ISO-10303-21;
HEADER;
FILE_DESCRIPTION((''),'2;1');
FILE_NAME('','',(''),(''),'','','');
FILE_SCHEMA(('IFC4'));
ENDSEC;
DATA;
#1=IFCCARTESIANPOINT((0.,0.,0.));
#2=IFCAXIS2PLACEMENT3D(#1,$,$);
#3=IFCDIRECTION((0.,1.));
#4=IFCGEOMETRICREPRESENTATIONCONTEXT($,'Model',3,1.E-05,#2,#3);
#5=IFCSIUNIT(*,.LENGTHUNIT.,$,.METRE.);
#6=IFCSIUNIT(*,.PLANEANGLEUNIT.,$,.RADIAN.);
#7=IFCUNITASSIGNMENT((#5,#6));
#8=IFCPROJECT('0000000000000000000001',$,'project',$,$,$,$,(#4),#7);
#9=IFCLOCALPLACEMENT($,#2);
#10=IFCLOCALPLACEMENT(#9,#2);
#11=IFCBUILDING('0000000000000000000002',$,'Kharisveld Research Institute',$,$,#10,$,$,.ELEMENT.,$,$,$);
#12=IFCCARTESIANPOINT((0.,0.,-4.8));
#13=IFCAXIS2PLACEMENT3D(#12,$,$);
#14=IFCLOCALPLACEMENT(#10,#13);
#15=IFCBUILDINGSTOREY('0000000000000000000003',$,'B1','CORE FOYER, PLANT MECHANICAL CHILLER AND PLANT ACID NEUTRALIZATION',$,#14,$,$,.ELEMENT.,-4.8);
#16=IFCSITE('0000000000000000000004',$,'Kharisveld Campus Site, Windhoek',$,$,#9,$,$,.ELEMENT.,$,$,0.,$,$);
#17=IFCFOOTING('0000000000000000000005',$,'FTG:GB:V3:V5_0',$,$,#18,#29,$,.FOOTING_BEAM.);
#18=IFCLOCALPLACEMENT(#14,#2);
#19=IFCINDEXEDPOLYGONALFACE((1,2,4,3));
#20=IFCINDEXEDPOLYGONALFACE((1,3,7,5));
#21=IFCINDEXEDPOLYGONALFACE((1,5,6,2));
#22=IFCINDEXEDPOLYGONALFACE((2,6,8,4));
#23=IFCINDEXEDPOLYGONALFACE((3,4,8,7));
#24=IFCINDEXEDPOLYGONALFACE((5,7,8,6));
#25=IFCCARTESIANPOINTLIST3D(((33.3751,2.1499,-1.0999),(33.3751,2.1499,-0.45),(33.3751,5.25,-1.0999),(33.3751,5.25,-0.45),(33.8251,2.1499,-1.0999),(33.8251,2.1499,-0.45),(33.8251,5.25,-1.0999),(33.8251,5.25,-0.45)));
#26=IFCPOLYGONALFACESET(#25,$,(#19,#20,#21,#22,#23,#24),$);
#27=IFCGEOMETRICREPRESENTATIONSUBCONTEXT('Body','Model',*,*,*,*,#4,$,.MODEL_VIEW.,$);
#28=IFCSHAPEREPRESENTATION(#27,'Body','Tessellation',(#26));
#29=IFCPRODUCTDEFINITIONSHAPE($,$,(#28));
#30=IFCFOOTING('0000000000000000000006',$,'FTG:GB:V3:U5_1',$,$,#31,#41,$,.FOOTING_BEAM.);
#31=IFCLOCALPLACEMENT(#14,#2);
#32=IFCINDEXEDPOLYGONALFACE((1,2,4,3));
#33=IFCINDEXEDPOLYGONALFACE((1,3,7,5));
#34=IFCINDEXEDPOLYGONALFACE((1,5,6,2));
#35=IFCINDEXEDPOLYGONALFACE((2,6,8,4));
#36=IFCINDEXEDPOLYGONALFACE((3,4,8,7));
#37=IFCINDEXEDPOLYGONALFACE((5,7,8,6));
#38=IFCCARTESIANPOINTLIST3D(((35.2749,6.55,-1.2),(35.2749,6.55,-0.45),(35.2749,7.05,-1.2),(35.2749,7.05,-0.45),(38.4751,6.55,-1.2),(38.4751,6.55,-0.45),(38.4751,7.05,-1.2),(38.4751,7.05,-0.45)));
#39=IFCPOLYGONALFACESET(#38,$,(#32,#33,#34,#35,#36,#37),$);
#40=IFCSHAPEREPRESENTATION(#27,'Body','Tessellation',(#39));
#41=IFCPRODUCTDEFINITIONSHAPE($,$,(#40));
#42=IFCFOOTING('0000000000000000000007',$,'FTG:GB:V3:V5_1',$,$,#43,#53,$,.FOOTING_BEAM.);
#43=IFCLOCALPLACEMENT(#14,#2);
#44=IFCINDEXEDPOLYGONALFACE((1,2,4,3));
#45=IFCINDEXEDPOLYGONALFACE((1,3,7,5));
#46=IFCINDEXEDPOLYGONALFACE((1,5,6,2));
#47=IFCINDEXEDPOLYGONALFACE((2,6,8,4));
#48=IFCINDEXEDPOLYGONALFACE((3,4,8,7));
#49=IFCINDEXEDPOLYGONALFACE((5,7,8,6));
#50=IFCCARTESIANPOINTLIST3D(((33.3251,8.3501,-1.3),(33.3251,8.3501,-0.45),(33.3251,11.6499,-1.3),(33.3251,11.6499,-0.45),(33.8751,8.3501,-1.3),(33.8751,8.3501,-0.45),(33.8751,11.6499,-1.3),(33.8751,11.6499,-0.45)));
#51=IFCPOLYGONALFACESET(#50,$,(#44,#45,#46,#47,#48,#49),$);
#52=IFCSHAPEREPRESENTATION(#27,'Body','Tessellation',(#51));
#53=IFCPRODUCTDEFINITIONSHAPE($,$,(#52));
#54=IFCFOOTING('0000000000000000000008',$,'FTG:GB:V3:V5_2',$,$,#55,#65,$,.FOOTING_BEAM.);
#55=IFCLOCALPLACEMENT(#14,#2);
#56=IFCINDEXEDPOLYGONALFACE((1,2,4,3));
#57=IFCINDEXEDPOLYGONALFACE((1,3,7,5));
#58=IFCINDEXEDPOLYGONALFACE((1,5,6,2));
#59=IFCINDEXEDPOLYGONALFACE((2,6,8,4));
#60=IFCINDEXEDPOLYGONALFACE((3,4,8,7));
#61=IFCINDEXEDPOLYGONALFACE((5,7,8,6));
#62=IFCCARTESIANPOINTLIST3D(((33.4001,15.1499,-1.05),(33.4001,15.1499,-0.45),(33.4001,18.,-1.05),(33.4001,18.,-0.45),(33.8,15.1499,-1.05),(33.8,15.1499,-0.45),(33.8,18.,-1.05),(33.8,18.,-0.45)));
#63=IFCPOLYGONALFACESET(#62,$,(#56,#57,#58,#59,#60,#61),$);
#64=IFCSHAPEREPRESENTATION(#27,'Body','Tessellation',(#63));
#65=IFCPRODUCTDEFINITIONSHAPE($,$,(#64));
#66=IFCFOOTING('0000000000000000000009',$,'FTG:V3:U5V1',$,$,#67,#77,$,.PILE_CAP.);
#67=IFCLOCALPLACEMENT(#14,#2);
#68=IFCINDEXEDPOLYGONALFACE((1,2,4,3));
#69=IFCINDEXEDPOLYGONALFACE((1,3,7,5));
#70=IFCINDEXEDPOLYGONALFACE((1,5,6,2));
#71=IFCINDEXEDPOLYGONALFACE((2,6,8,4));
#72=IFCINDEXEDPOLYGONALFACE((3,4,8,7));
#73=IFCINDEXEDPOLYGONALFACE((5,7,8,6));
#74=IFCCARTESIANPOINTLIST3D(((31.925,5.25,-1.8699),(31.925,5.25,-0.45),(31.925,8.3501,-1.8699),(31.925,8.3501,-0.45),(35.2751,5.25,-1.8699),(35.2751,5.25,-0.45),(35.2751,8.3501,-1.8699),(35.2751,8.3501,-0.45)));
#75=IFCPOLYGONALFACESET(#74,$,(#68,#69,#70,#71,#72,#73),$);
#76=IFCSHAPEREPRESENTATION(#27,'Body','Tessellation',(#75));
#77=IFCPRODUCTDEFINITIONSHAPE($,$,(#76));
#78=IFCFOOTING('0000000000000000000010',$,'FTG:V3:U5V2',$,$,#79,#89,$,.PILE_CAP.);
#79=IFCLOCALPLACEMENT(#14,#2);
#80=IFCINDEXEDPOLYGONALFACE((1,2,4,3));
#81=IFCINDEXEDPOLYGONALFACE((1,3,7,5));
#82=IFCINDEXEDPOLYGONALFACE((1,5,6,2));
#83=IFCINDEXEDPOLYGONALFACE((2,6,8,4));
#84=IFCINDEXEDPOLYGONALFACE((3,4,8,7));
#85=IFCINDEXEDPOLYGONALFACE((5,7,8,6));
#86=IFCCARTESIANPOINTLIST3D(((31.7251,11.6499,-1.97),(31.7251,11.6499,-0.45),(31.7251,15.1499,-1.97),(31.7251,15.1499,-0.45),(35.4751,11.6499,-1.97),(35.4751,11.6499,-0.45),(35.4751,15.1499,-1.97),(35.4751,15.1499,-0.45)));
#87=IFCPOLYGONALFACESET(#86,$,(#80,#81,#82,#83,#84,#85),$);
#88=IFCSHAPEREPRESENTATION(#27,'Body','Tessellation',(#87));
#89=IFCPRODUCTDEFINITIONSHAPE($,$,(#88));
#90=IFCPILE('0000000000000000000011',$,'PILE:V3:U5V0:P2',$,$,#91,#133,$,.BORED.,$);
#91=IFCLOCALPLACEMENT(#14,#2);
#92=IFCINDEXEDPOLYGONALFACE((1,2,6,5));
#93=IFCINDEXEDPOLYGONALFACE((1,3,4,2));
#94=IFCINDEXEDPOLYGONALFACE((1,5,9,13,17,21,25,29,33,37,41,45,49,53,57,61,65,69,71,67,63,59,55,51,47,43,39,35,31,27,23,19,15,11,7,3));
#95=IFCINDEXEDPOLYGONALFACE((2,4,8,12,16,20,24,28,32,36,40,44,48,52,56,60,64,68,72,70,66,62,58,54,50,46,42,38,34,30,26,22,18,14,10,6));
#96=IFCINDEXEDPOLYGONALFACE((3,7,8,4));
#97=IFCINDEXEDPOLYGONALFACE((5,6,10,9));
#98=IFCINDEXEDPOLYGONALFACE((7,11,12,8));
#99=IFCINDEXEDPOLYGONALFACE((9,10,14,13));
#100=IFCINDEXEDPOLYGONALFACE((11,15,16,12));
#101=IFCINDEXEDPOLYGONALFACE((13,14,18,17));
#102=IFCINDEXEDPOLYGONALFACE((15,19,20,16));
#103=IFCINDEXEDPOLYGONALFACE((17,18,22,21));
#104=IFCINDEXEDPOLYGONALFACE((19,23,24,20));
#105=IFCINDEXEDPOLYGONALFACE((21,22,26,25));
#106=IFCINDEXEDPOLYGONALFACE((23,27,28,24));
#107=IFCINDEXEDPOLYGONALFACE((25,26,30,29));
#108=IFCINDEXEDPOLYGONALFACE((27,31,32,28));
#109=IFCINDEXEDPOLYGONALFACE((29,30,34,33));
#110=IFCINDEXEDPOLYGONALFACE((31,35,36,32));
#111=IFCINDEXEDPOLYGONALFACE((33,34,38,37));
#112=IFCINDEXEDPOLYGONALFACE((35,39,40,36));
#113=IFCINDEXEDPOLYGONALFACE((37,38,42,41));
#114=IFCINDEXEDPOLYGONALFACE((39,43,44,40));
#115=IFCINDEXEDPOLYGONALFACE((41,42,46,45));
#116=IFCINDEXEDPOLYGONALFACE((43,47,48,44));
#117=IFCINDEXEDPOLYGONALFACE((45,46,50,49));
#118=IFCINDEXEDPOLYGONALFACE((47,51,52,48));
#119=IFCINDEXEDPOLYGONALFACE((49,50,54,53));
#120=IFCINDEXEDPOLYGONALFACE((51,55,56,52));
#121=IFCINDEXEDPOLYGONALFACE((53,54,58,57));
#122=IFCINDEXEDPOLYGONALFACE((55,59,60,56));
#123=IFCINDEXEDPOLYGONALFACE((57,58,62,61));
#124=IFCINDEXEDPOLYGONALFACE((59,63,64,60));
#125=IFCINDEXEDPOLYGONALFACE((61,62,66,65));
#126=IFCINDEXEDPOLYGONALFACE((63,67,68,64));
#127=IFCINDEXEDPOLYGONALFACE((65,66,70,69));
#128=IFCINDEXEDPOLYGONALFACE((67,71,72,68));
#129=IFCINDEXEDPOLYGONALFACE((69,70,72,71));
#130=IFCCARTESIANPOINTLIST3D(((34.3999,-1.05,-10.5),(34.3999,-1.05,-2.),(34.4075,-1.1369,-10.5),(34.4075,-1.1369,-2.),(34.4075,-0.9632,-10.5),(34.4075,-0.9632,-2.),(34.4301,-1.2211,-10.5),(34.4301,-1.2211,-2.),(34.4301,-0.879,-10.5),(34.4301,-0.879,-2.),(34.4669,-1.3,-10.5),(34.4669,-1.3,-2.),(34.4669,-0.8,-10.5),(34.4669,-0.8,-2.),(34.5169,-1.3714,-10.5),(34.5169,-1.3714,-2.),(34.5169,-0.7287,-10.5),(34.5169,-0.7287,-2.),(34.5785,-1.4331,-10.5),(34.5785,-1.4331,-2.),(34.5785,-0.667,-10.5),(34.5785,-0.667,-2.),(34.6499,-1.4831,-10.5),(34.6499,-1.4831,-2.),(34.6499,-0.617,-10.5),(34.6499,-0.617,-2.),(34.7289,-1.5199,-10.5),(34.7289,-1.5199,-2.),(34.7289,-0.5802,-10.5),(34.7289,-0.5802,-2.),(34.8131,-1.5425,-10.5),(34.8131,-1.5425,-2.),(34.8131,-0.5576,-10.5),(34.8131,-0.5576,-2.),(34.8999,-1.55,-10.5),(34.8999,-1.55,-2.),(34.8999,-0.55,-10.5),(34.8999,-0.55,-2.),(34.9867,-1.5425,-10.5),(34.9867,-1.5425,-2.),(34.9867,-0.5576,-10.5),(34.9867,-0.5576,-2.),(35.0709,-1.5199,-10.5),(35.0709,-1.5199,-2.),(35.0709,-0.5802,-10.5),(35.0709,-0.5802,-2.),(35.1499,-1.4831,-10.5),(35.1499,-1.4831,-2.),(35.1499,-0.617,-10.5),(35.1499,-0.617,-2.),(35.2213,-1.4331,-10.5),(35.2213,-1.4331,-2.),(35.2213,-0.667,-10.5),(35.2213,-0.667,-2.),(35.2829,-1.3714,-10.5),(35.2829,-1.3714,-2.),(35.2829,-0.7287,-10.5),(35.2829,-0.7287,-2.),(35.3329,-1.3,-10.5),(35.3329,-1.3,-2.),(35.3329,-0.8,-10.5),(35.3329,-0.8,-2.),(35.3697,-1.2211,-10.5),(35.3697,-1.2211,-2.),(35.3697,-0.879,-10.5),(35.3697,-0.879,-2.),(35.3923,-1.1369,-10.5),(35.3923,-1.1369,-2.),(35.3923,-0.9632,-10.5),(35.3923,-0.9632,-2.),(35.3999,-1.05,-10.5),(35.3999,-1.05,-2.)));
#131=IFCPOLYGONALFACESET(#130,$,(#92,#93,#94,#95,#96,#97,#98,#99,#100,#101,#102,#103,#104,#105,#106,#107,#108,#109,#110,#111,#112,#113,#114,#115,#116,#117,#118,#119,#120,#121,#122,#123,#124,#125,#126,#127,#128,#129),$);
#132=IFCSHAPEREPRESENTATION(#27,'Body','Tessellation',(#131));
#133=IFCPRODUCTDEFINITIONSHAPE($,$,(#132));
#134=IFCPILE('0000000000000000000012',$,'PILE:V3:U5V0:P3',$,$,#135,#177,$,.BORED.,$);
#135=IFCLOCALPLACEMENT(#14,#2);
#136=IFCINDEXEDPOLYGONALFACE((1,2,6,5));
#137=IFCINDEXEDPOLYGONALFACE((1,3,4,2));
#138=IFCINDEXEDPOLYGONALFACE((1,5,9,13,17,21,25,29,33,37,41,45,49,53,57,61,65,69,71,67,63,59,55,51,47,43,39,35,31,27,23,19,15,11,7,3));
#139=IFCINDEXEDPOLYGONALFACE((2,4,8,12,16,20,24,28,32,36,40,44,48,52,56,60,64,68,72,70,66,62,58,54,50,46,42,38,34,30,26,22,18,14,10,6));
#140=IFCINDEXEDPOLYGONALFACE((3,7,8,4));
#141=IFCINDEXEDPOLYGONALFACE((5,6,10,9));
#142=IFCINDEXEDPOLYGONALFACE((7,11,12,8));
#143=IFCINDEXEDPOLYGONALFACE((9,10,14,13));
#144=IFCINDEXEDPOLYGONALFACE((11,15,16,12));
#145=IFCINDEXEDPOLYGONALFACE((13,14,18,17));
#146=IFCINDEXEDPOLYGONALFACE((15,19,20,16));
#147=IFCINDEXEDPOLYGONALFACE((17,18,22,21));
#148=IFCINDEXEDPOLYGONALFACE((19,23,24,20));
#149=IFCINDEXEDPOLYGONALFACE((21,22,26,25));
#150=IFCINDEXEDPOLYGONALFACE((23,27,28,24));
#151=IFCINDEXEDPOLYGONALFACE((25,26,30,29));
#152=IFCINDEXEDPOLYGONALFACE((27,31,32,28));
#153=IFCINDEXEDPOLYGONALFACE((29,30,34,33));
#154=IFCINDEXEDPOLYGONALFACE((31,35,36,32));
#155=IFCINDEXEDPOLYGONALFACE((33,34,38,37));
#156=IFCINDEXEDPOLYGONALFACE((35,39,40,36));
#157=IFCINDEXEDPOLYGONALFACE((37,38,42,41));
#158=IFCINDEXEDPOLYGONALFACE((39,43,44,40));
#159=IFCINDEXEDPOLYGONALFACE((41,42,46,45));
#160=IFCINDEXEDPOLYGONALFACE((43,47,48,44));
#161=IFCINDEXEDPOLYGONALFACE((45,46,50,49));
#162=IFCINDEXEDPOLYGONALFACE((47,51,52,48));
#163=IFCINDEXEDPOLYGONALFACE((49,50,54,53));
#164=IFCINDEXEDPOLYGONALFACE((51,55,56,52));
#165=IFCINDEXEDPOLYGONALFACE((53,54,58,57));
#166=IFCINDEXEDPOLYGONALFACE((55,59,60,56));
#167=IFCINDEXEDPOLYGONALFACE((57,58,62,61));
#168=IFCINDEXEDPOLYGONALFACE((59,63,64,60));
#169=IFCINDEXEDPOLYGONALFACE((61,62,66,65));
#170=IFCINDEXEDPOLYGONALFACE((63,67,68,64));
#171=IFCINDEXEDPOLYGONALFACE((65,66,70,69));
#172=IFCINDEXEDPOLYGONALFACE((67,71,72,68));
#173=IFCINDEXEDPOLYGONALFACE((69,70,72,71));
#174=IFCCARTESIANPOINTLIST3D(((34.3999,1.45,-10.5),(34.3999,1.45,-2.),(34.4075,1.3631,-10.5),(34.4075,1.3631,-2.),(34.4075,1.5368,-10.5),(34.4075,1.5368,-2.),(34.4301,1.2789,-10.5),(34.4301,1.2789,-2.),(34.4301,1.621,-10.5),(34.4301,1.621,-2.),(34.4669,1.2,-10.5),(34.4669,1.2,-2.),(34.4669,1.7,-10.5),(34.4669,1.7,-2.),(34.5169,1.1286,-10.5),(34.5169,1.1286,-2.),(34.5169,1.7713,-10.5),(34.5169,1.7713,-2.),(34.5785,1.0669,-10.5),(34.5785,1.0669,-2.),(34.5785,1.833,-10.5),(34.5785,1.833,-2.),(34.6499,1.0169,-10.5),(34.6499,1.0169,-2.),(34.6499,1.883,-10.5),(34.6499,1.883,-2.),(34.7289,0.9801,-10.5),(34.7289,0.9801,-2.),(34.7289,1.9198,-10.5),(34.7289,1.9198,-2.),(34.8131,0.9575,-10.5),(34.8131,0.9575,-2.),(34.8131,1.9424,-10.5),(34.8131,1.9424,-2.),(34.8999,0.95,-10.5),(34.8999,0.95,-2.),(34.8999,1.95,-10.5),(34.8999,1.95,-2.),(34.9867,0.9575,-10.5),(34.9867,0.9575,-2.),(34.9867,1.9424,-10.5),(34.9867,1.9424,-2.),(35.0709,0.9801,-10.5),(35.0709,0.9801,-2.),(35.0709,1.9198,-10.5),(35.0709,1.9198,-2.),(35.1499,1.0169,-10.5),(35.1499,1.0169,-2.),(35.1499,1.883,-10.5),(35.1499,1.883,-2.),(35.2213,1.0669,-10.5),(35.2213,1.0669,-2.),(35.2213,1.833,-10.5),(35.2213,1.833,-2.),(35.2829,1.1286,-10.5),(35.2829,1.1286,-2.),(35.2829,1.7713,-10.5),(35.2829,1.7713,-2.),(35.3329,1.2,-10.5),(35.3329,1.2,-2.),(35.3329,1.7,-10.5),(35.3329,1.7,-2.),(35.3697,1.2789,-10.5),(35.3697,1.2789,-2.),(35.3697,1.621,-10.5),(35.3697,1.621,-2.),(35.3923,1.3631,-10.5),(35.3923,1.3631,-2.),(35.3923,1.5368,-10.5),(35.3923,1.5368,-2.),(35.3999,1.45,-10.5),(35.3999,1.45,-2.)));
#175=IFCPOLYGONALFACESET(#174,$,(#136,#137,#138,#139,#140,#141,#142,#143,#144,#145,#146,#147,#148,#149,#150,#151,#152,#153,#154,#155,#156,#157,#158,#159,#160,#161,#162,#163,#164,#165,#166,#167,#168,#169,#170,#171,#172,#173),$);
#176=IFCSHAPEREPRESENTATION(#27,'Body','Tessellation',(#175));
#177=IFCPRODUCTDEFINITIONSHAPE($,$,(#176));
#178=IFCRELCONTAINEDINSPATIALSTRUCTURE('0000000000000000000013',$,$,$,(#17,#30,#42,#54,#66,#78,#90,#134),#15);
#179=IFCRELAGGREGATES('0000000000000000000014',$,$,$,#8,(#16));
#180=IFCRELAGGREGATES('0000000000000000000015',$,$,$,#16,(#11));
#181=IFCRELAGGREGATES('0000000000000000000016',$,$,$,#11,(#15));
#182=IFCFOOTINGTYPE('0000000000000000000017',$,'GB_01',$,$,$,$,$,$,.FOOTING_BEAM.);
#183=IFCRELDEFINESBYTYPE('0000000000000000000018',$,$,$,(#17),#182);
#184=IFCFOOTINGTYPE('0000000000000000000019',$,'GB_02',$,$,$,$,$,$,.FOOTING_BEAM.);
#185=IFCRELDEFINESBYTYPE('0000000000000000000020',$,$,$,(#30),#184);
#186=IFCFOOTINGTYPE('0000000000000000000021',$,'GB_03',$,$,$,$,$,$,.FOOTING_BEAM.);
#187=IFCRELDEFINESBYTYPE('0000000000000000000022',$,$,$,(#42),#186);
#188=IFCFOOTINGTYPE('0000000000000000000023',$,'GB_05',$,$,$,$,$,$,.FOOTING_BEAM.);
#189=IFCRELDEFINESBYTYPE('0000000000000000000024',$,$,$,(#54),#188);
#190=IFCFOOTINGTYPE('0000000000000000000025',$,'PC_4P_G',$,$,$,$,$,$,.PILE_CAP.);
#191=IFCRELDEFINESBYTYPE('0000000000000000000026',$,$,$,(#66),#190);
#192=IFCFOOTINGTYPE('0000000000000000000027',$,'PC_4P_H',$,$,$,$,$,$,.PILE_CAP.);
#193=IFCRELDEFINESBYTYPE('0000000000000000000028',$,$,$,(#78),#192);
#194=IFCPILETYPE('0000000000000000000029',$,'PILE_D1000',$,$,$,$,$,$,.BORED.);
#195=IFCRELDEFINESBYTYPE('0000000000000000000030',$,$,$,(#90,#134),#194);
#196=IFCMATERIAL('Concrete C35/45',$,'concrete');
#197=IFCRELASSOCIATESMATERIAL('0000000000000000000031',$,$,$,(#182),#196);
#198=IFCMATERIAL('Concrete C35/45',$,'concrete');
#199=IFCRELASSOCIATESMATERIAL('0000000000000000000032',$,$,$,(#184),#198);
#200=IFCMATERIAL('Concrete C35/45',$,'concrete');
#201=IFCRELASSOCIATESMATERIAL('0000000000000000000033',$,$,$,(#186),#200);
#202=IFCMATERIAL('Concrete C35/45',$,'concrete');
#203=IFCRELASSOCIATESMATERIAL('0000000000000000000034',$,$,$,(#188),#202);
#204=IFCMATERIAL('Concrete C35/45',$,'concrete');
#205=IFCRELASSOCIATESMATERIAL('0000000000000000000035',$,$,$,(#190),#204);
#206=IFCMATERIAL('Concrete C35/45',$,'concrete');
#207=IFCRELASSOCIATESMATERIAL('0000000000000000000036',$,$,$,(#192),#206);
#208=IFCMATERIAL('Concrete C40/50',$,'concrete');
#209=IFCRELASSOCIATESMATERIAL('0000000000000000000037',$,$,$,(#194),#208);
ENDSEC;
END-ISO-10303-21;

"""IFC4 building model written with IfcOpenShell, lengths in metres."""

from ifc_helpers import new_model, si_unit, direction, frame, origin, origin_2d, place, context, subcontext, project, spatial, rectangle, circle, extrude, material, material_profile, profile_set, type_object, element, save


model = new_model("IFC4")

# Units and contexts
model_context = context("Model", 3, precision=1e-05, world=origin(), true_north=direction((0.0, 1.0)))
body_context = subcontext(model_context, "Body", "Model", "MODEL_VIEW")
ifc_project = project(units=[si_unit("LENGTHUNIT", "METRE"), si_unit("PLANEANGLEUNIT", "RADIAN")], contexts=[model_context])

# Site, building, storey
site_placement = place(None, origin())
site = spatial("IfcSite", under=ifc_project, at=site_placement, Name="Kharisveld Campus Site, Windhoek", CompositionType="ELEMENT", RefElevation=0.0)
building_placement = place(site_placement, origin())
building = spatial("IfcBuilding", under=site, at=building_placement, Name="Kharisveld Research Institute", CompositionType="ELEMENT")
storey_placement = place(building_placement, frame((0.0, 0.0, -4.8)))
storey = spatial("IfcBuildingStorey", under=building, at=storey_placement, Name="B1", Description="CORE FOYER, PLANT MECHANICAL CHILLER AND PLANT ACID NEUTRALIZATION", CompositionType="ELEMENT", Elevation=-4.8)

# Footings
ifc_material_1 = material(Name="Concrete C35/45", Category="concrete")
ifc_material_profile_1 = material_profile(ifc_material_1, rectangle(XDim=0.45, YDim=0.6499, at=origin_2d()))
ifc_profile_set_1 = profile_set([ifc_material_profile_1], Name="Concrete C35/45")
footing_type_1 = type_object("IfcFootingType", Name="GB_01", PredefinedType="FOOTING_BEAM", material=ifc_profile_set_1)
footing_1_placement = place(storey_placement, frame((33.6001, 2.1499, -0.7749), z_axis=(0.0, 1.0, 0.0), x_axis=(-1.0, 0.0, 0.0)))
element("IfcFooting", 1, at=footing_1_placement, inside=storey, type_object=footing_type_1, Name="FTG:GB:V3:V5_0", PredefinedType="FOOTING_BEAM", context=body_context, shape_type="SweptSolid", body=[
    extrude(rectangle(XDim=0.45, YDim=0.6499, at=origin_2d()), origin(), (0.0, 0.0, 1.0), 3.1001),
])
ifc_material_2 = material(Name="Concrete C35/45", Category="concrete")
ifc_material_profile_2 = material_profile(ifc_material_2, rectangle(XDim=0.5, YDim=0.75, at=origin_2d()))
ifc_profile_set_2 = profile_set([ifc_material_profile_2], Name="Concrete C35/45")
footing_type_2 = type_object("IfcFootingType", Name="GB_02", PredefinedType="FOOTING_BEAM", material=ifc_profile_set_2)
footing_2_placement = place(storey_placement, frame((35.2749, 6.8, -0.825), z_axis=(1.0, 0.0, 0.0), x_axis=(0.0, 1.0, 0.0)))
element("IfcFooting", 2, at=footing_2_placement, inside=storey, type_object=footing_type_2, Name="FTG:GB:V3:U5_1", PredefinedType="FOOTING_BEAM", context=body_context, shape_type="SweptSolid", body=[
    extrude(rectangle(XDim=0.5, YDim=0.75, at=origin_2d()), origin(), (0.0, 0.0, 1.0), 3.2002),
])
ifc_material_3 = material(Name="Concrete C35/45", Category="concrete")
ifc_material_profile_3 = material_profile(ifc_material_3, rectangle(XDim=0.55, YDim=0.8501, at=origin_2d()))
ifc_profile_set_3 = profile_set([ifc_material_profile_3], Name="Concrete C35/45")
footing_type_3 = type_object("IfcFootingType", Name="GB_03", PredefinedType="FOOTING_BEAM", material=ifc_profile_set_3)
footing_3_placement = place(storey_placement, frame((33.6001, 8.3501, -0.875), z_axis=(0.0, 1.0, 0.0), x_axis=(-1.0, 0.0, 0.0)))
element("IfcFooting", 3, at=footing_3_placement, inside=storey, type_object=footing_type_3, Name="FTG:GB:V3:V5_1", PredefinedType="FOOTING_BEAM", context=body_context, shape_type="SweptSolid", body=[
    extrude(rectangle(XDim=0.55, YDim=0.8501, at=origin_2d()), origin(), (0.0, 0.0, 1.0), 3.2998),
])
ifc_material_4 = material(Name="Concrete C35/45", Category="concrete")
ifc_material_profile_4 = material_profile(ifc_material_4, rectangle(XDim=0.3999, YDim=0.6001, at=origin_2d()))
ifc_profile_set_4 = profile_set([ifc_material_profile_4], Name="Concrete C35/45")
footing_type_4 = type_object("IfcFootingType", Name="GB_05", PredefinedType="FOOTING_BEAM", material=ifc_profile_set_4)
footing_4_placement = place(storey_placement, frame((33.6001, 15.1499, -0.75), z_axis=(0.0, 1.0, 0.0), x_axis=(-1.0, 0.0, 0.0)))
element("IfcFooting", 4, at=footing_4_placement, inside=storey, type_object=footing_type_4, Name="FTG:GB:V3:V5_2", PredefinedType="FOOTING_BEAM", context=body_context, shape_type="SweptSolid", body=[
    extrude(rectangle(XDim=0.3999, YDim=0.6001, at=origin_2d()), origin(), (0.0, 0.0, 1.0), 2.8501),
])
ifc_material_5 = material(Name="Concrete C35/45", Category="concrete")
footing_type_5 = type_object("IfcFootingType", Name="PC_4P_G", PredefinedType="PILE_CAP", material=ifc_material_5)
footing_5_placement = place(storey_placement, frame((33.6001, 6.8, -1.8699), z_axis=(0.0, 0.0, 1.0), x_axis=(1.0, 0.0, 0.0)))
element("IfcFooting", 5, at=footing_5_placement, inside=storey, type_object=footing_type_5, Name="FTG:V3:U5V1", PredefinedType="PILE_CAP", context=body_context, shape_type="SweptSolid", body=[
    extrude(rectangle(XDim=3.3501, YDim=3.1001, at=origin_2d()), origin(), (0.0, 0.0, 1.0), 1.4199),
])
ifc_material_6 = material(Name="Concrete C35/45", Category="concrete")
footing_type_6 = type_object("IfcFootingType", Name="PC_4P_H", PredefinedType="PILE_CAP", material=ifc_material_6)
footing_6_placement = place(storey_placement, frame((33.6001, 13.3999, -1.97), z_axis=(0.0, 0.0, 1.0), x_axis=(1.0, 0.0, 0.0)))
element("IfcFooting", 6, at=footing_6_placement, inside=storey, type_object=footing_type_6, Name="FTG:V3:U5V2", PredefinedType="PILE_CAP", context=body_context, shape_type="SweptSolid", body=[
    extrude(rectangle(XDim=3.75, YDim=3.5, at=origin_2d()), origin(), (0.0, 0.0, 1.0), 1.52),
])

# Piles
ifc_material_7 = material(Name="Concrete C40/50", Category="concrete")
ifc_material_profile_5 = material_profile(ifc_material_7, circle(Radius=0.5, at=origin_2d()))
ifc_profile_set_5 = profile_set([ifc_material_profile_5], Name="Concrete C40/50")
pile_type_1 = type_object("IfcPileType", Name="PILE_D1000", PredefinedType="BORED", material=ifc_profile_set_5)
for number, where, z_axis, x_axis, name in (
    (7, (34.8999, -1.05, -2.0), (0.0, 0.0, -1.0), (1.0, 0.0, 0.0), "PILE:V3:U5V0:P2"),
    (8, (34.8999, 1.45, -2.0), (0.0, 0.0, -1.0), (1.0, 0.0, 0.0), "PILE:V3:U5V0:P3"),
):
    element("IfcPile", number, at=place(storey_placement, frame(where, z_axis=z_axis, x_axis=x_axis)), inside=storey, type_object=pile_type_1, Name=name, PredefinedType="BORED", context=body_context, shape_type="SweptSolid", body=[
        extrude(circle(Radius=0.5, at=origin_2d()), origin(), (0.0, 0.0, 1.0), 8.5),
    ])

save(model, "model.ifc")
